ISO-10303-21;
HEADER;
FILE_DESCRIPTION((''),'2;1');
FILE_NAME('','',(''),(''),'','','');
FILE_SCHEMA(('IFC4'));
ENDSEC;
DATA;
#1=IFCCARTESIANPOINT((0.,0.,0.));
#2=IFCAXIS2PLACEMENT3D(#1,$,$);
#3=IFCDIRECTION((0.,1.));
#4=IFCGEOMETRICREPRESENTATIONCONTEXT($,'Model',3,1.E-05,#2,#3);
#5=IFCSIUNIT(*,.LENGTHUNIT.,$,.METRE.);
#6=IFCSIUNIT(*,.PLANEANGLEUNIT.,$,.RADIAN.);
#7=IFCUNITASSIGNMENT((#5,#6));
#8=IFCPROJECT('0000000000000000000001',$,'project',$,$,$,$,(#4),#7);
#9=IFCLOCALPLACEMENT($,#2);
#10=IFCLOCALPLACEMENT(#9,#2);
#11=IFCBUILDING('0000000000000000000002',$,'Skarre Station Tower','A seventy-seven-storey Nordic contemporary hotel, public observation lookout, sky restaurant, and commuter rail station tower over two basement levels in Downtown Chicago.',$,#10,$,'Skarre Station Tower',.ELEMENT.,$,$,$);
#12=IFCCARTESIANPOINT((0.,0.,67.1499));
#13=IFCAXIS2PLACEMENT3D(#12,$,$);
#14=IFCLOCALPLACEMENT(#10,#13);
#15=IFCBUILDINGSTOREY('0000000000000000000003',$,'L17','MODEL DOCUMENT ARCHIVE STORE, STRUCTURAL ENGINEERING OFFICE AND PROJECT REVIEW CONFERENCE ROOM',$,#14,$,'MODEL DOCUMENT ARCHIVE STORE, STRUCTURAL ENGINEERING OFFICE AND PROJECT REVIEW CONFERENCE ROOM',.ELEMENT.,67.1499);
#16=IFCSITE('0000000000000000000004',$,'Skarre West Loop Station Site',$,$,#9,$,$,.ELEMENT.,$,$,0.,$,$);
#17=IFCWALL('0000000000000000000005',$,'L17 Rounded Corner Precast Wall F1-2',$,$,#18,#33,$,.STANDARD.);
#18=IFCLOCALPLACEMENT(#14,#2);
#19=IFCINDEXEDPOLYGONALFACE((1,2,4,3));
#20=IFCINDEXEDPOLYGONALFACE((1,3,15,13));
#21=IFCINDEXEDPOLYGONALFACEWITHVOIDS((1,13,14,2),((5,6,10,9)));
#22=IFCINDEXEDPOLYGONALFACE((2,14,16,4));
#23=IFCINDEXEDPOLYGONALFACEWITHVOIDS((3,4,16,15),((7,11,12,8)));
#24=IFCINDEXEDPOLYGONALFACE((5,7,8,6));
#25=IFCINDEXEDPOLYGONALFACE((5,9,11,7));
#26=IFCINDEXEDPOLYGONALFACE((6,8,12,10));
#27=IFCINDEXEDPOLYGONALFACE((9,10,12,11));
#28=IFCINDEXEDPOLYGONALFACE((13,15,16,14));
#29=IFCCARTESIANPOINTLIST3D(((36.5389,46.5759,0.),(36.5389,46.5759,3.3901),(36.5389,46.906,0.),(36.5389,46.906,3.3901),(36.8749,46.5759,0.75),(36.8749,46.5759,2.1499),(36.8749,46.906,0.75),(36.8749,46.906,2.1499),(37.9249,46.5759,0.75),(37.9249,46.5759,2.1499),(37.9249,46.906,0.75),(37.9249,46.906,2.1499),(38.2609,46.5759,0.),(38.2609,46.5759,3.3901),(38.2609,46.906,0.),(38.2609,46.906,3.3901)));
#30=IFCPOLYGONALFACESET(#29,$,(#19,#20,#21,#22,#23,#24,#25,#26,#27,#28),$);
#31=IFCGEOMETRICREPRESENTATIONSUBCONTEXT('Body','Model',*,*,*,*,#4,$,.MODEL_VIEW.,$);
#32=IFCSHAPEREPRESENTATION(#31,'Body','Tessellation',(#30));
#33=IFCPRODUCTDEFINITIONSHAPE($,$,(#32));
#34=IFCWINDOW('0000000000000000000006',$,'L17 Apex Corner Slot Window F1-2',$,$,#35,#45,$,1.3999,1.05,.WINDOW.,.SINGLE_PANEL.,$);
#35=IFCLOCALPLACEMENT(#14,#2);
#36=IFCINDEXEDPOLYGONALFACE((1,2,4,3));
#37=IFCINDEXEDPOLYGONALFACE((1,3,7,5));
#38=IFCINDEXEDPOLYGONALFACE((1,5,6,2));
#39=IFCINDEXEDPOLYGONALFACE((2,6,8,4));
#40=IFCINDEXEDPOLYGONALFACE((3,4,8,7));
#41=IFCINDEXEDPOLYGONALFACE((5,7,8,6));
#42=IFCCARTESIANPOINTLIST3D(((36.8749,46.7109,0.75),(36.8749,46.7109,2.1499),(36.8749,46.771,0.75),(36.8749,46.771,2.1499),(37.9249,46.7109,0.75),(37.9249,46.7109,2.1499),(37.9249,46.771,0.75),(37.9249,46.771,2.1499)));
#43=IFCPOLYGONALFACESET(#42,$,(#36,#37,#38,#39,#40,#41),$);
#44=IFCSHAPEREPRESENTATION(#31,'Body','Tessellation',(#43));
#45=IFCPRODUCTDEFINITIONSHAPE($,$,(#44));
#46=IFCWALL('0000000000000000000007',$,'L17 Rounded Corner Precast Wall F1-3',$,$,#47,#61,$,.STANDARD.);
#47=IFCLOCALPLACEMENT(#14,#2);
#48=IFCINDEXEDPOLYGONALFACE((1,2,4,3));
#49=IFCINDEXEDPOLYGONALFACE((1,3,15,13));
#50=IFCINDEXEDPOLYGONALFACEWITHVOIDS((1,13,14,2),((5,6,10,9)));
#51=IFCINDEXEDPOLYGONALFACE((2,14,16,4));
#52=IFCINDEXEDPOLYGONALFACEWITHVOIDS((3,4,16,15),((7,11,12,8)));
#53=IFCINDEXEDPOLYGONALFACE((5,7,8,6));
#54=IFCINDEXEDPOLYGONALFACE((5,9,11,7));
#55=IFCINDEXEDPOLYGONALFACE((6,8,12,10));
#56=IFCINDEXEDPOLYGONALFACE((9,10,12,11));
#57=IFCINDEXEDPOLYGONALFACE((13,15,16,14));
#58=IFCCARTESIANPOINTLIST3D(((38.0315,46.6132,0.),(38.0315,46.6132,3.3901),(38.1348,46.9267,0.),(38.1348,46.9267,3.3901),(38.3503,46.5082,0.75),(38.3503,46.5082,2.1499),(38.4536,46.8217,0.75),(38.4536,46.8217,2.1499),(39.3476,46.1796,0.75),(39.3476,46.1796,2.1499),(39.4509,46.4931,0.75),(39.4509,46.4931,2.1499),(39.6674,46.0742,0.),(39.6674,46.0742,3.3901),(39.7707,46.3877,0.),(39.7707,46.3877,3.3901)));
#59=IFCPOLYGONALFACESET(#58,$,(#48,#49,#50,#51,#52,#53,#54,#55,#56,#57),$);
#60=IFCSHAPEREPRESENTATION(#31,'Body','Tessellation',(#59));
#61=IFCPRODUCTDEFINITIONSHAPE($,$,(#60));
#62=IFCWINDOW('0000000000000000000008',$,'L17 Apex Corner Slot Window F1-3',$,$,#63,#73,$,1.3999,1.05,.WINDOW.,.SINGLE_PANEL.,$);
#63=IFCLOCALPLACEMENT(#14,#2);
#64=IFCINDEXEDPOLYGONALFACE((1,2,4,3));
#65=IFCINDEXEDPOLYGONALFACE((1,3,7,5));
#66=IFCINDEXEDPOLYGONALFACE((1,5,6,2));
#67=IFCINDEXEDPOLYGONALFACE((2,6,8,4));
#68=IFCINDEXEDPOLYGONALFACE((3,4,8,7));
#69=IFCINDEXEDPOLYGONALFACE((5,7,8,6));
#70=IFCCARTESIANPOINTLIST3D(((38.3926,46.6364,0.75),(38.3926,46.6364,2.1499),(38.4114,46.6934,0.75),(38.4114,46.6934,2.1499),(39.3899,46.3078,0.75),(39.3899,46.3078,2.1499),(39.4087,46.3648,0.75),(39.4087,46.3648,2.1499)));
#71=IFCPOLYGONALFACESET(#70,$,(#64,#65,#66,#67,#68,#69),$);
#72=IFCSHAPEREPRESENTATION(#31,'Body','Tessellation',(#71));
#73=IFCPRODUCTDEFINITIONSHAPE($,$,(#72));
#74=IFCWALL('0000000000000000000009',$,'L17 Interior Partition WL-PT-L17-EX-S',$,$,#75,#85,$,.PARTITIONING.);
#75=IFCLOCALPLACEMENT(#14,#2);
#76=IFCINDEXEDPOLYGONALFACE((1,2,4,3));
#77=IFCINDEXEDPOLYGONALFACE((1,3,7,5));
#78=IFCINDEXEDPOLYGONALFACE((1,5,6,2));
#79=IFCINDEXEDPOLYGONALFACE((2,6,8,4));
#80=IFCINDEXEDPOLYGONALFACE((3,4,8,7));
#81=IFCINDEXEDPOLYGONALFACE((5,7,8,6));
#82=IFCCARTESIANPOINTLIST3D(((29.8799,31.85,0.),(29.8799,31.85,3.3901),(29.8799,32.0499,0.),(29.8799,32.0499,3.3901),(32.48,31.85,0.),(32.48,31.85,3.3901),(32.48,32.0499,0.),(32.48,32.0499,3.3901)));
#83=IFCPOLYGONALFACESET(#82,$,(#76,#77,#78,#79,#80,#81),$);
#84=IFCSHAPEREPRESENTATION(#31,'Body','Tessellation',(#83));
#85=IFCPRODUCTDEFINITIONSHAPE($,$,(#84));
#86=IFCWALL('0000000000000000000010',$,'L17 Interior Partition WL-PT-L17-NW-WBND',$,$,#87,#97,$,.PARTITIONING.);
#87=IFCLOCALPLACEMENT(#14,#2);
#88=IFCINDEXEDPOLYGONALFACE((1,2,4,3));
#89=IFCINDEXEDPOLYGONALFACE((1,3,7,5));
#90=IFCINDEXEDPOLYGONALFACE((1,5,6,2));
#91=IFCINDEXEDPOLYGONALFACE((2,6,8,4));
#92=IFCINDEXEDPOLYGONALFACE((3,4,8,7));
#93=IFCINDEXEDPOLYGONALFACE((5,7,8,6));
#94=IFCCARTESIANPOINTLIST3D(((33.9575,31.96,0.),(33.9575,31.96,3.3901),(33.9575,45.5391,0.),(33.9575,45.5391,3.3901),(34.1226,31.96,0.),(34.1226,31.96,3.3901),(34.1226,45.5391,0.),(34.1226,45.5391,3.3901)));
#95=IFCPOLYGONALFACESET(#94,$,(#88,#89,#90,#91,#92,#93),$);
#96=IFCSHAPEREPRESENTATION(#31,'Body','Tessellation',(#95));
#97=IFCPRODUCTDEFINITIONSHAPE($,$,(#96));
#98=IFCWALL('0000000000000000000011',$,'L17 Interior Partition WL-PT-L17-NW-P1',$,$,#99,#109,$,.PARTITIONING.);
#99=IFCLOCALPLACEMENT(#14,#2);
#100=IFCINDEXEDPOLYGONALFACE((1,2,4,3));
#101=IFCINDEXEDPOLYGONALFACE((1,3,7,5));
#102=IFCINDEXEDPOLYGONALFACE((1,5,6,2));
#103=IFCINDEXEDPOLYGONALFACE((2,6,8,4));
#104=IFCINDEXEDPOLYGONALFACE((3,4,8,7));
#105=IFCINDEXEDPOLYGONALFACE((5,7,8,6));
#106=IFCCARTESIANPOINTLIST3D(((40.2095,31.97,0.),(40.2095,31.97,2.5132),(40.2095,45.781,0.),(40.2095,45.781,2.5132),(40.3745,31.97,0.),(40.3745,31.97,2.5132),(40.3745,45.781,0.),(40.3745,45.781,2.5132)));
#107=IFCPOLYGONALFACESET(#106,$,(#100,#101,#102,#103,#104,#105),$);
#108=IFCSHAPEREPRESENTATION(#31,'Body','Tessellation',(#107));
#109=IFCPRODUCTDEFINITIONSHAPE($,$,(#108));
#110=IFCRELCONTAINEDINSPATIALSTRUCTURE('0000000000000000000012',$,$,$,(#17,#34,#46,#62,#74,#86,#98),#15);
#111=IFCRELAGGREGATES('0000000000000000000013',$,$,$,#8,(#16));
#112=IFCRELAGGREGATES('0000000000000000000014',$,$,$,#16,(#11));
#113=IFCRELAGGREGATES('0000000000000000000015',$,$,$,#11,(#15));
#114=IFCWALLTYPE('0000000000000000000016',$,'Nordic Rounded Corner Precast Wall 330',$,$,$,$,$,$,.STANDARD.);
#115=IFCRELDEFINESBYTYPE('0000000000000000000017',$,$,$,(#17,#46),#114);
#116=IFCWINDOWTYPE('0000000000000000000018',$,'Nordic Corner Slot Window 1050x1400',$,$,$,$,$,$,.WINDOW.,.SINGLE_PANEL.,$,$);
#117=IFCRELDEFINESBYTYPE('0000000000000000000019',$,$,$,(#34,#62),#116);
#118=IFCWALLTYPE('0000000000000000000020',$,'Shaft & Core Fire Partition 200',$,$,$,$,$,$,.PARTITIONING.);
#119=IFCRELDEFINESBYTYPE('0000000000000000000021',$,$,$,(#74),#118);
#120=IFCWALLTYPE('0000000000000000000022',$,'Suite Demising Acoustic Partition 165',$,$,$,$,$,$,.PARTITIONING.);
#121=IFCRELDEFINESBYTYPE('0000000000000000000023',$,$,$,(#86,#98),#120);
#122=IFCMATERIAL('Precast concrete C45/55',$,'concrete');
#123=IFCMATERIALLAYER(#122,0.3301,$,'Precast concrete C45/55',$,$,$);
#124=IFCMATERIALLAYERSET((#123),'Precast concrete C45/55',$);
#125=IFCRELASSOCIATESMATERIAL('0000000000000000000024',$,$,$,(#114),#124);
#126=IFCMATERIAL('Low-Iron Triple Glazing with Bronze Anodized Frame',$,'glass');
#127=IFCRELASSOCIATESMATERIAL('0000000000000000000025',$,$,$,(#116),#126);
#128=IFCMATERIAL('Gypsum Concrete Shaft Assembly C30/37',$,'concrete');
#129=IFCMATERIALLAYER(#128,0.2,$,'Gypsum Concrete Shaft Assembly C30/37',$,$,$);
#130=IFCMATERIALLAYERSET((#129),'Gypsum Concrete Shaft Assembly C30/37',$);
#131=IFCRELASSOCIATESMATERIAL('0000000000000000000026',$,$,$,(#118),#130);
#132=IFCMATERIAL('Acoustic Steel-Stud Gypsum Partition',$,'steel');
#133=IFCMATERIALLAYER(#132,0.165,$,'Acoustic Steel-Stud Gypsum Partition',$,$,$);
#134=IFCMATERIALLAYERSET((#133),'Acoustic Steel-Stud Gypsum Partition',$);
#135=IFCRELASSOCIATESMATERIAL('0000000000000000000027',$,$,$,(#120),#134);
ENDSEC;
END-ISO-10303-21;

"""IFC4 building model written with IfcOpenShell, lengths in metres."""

from ifc_helpers import new_model, si_unit, direction, frame, frame_2d, origin, place, context, subcontext, project, spatial, rectangle, extrude, material, layer, layer_set, type_object, element, fill, save


model = new_model("IFC4")

# Units and contexts
model_context = context("Model", 3, precision=1e-05, world=origin(), true_north=direction((0.0, 1.0)))
body_context = subcontext(model_context, "Body", "Model", "MODEL_VIEW")
ifc_project = project(units=[si_unit("LENGTHUNIT", "METRE"), si_unit("PLANEANGLEUNIT", "RADIAN")], contexts=[model_context])

# Site, building, storey
site_placement = place(None, origin())
site = spatial("IfcSite", under=ifc_project, at=site_placement, Name="Skarre West Loop Station Site", CompositionType="ELEMENT", RefElevation=0.0)
building_placement = place(site_placement, origin())
building = spatial("IfcBuilding", under=site, at=building_placement, Name="Skarre Station Tower", Description="A seventy-seven-storey Nordic contemporary hotel, public observation lookout, sky restaurant, and commuter rail station tower over two basement levels in Downtown Chicago.", LongName="Skarre Station Tower", CompositionType="ELEMENT")
storey_placement = place(building_placement, frame((0.0, 0.0, 67.1499)))
storey = spatial("IfcBuildingStorey", under=building, at=storey_placement, Name="L17", Description="MODEL DOCUMENT ARCHIVE STORE, STRUCTURAL ENGINEERING OFFICE AND PROJECT REVIEW CONFERENCE ROOM", LongName="MODEL DOCUMENT ARCHIVE STORE, STRUCTURAL ENGINEERING OFFICE AND PROJECT REVIEW CONFERENCE ROOM", CompositionType="ELEMENT", Elevation=67.1499)

# Shared definitions
ifc_material_1 = material(Name="Acoustic Steel-Stud Gypsum Partition", Category="steel")

# Shared definitions
ifc_material_2 = material(Name="Precast concrete C45/55", Category="concrete")
ifc_material_3 = material(Name="Low-Iron Triple Glazing with Bronze Anodized Frame", Category="glass")

# Shared definitions
ifc_layer_1 = layer(ifc_material_2, 0.3301, Name="Precast concrete C45/55")
ifc_layer_set_1 = layer_set([ifc_layer_1], Name="Precast concrete C45/55")
wall_type_1 = type_object("IfcWallType", Name="Nordic Rounded Corner Precast Wall 330", PredefinedType="STANDARD", material=ifc_layer_set_1)

# Walls, openings, windows
wall_1_placement = place(storey_placement, frame((36.5391, 46.741, 0.0), z_axis=(0.0, 0.0, 1.0), x_axis=(1.0, 0.0, 0.0)))
wall_1 = element("IfcWall", 1, at=wall_1_placement, inside=storey, type_object=wall_type_1, Name="L17 Rounded Corner Precast Wall F1-2", PredefinedType="STANDARD", context=body_context, shape_type="SweptSolid", body=[
    extrude(rectangle(XDim=1.7219, YDim=0.3301, at=frame_2d((0.8608, 0.0))), origin(), (0.0, 0.0, 1.0), 3.3901),
])
opening_1_placement = place(wall_1_placement, frame((0.3359, 0.0, 0.75)))
opening_1 = element("IfcOpeningElement", 2, at=opening_1_placement, cuts=wall_1, PredefinedType="OPENING", context=body_context, shape_type="SweptSolid", body=[
    extrude(rectangle(XDim=1.05, YDim=1.3999, at=frame_2d((0.5249, 0.7))), frame((0.0, 0.175, 0.0), z_axis=(0.0, -1.0, 0.0), x_axis=(1.0, 0.0, 0.0)), (0.0, 0.0, 1.0), 0.3501),
])
window_type_1 = type_object("IfcWindowType", Name="Nordic Corner Slot Window 1050x1400", PartitioningType="SINGLE_PANEL", PredefinedType="WINDOW", material=ifc_material_3)
window_1_placement = place(opening_1_placement, origin())
window_1 = element("IfcWindow", 3, at=window_1_placement, inside=storey, type_object=window_type_1, Name="L17 Apex Corner Slot Window F1-2", OverallHeight=1.3999, OverallWidth=1.05, PartitioningType="SINGLE_PANEL", PredefinedType="WINDOW", context=body_context, shape_type="SweptSolid", body=[
    extrude(rectangle(XDim=1.05, YDim=1.3999, at=frame_2d((0.5249, 0.7))), frame((0.0, 0.03, 0.0), z_axis=(0.0, -1.0, 0.0), x_axis=(1.0, 0.0, 0.0)), (0.0, 0.0, 1.0), 0.0601),
])
fill(opening_1, window_1)
wall_2_placement = place(storey_placement, frame((38.083, 46.77, 0.0), z_axis=(0.0, 0.0, 1.0), x_axis=(0.949769, -0.312952, 0.0)))
wall_2 = element("IfcWall", 4, at=wall_2_placement, inside=storey, type_object=wall_type_1, Name="L17 Rounded Corner Precast Wall F1-3", PredefinedType="STANDARD", context=body_context, shape_type="SweptSolid", body=[
    extrude(rectangle(XDim=1.7224, YDim=0.3301, at=frame_2d((0.8613, 0.0))), origin(), (0.0, 0.0, 1.0), 3.3901),
])
opening_2_placement = place(wall_2_placement, frame((0.3359, 0.0, 0.75)))
opening_2 = element("IfcOpeningElement", 5, at=opening_2_placement, cuts=wall_2, PredefinedType="OPENING", context=body_context, shape_type="SweptSolid", body=[
    extrude(rectangle(XDim=1.05, YDim=1.3999, at=frame_2d((0.5249, 0.7))), frame((0.0, 0.175, 0.0), z_axis=(0.0, -1.0, 0.0), x_axis=(1.0, 0.0, 0.0)), (0.0, 0.0, 1.0), 0.3501),
])
window_2_placement = place(opening_2_placement, origin())
window_2 = element("IfcWindow", 6, at=window_2_placement, inside=storey, type_object=window_type_1, Name="L17 Apex Corner Slot Window F1-3", OverallHeight=1.3999, OverallWidth=1.05, PartitioningType="SINGLE_PANEL", PredefinedType="WINDOW", context=body_context, shape_type="SweptSolid", body=[
    extrude(rectangle(XDim=1.05, YDim=1.3999, at=frame_2d((0.5249, 0.7))), frame((0.0, 0.03, 0.0), z_axis=(0.0, -1.0, 0.0), x_axis=(1.0, 0.0, 0.0)), (0.0, 0.0, 1.0), 0.0601),
])
fill(opening_2, window_2)

# Walls
ifc_material_4 = material(Name="Gypsum Concrete Shaft Assembly C30/37", Category="concrete")
ifc_layer_2 = layer(ifc_material_4, 0.2, Name="Gypsum Concrete Shaft Assembly C30/37")
ifc_layer_set_2 = layer_set([ifc_layer_2], Name="Gypsum Concrete Shaft Assembly C30/37")
wall_type_2 = type_object("IfcWallType", Name="Shaft & Core Fire Partition 200", PredefinedType="PARTITIONING", material=ifc_layer_set_2)
wall_3_placement = place(storey_placement, frame((32.48, 31.95, 0.0), z_axis=(0.0, 0.0, 1.0), x_axis=(-1.0, 0.0, 0.0)))
element("IfcWall", 7, at=wall_3_placement, inside=storey, type_object=wall_type_2, Name="L17 Interior Partition WL-PT-L17-EX-S", PredefinedType="PARTITIONING", context=body_context, shape_type="SweptSolid", body=[
    extrude(rectangle(XDim=2.6001, YDim=0.2, at=frame_2d((1.3, 0.0))), origin(), (0.0, 0.0, 1.0), 3.3901),
])
ifc_layer_3 = layer(ifc_material_1, 0.165, Name="Acoustic Steel-Stud Gypsum Partition")
ifc_layer_set_3 = layer_set([ifc_layer_3], Name="Acoustic Steel-Stud Gypsum Partition")
wall_type_3 = type_object("IfcWallType", Name="Suite Demising Acoustic Partition 165", PredefinedType="PARTITIONING", material=ifc_layer_set_3)
wall_4_placement = place(storey_placement, frame((34.04, 31.96, 0.0), z_axis=(0.0, 0.0, 1.0), x_axis=(0.0, 1.0, 0.0)))
element("IfcWall", 8, at=wall_4_placement, inside=storey, type_object=wall_type_3, Name="L17 Interior Partition WL-PT-L17-NW-WBND", PredefinedType="PARTITIONING", context=body_context, shape_type="SweptSolid", body=[
    extrude(rectangle(XDim=13.5791, YDim=0.165, at=frame_2d((6.7896, 0.0))), origin(), (0.0, 0.0, 1.0), 3.3901),
])
wall_5_placement = place(storey_placement, frame((40.292, 31.97, 0.0), z_axis=(0.0, 0.0, 1.0), x_axis=(0.0, 1.0, 0.0)))
element("IfcWall", 9, at=wall_5_placement, inside=storey, type_object=wall_type_3, Name="L17 Interior Partition WL-PT-L17-NW-P1", PredefinedType="PARTITIONING", context=body_context, shape_type="SweptSolid", body=[
    extrude(rectangle(XDim=13.811, YDim=0.165, at=frame_2d((6.9055, 0.0))), origin(), (0.0, 0.0, 1.0), 2.5132),
])

save(model, "model.ifc")
